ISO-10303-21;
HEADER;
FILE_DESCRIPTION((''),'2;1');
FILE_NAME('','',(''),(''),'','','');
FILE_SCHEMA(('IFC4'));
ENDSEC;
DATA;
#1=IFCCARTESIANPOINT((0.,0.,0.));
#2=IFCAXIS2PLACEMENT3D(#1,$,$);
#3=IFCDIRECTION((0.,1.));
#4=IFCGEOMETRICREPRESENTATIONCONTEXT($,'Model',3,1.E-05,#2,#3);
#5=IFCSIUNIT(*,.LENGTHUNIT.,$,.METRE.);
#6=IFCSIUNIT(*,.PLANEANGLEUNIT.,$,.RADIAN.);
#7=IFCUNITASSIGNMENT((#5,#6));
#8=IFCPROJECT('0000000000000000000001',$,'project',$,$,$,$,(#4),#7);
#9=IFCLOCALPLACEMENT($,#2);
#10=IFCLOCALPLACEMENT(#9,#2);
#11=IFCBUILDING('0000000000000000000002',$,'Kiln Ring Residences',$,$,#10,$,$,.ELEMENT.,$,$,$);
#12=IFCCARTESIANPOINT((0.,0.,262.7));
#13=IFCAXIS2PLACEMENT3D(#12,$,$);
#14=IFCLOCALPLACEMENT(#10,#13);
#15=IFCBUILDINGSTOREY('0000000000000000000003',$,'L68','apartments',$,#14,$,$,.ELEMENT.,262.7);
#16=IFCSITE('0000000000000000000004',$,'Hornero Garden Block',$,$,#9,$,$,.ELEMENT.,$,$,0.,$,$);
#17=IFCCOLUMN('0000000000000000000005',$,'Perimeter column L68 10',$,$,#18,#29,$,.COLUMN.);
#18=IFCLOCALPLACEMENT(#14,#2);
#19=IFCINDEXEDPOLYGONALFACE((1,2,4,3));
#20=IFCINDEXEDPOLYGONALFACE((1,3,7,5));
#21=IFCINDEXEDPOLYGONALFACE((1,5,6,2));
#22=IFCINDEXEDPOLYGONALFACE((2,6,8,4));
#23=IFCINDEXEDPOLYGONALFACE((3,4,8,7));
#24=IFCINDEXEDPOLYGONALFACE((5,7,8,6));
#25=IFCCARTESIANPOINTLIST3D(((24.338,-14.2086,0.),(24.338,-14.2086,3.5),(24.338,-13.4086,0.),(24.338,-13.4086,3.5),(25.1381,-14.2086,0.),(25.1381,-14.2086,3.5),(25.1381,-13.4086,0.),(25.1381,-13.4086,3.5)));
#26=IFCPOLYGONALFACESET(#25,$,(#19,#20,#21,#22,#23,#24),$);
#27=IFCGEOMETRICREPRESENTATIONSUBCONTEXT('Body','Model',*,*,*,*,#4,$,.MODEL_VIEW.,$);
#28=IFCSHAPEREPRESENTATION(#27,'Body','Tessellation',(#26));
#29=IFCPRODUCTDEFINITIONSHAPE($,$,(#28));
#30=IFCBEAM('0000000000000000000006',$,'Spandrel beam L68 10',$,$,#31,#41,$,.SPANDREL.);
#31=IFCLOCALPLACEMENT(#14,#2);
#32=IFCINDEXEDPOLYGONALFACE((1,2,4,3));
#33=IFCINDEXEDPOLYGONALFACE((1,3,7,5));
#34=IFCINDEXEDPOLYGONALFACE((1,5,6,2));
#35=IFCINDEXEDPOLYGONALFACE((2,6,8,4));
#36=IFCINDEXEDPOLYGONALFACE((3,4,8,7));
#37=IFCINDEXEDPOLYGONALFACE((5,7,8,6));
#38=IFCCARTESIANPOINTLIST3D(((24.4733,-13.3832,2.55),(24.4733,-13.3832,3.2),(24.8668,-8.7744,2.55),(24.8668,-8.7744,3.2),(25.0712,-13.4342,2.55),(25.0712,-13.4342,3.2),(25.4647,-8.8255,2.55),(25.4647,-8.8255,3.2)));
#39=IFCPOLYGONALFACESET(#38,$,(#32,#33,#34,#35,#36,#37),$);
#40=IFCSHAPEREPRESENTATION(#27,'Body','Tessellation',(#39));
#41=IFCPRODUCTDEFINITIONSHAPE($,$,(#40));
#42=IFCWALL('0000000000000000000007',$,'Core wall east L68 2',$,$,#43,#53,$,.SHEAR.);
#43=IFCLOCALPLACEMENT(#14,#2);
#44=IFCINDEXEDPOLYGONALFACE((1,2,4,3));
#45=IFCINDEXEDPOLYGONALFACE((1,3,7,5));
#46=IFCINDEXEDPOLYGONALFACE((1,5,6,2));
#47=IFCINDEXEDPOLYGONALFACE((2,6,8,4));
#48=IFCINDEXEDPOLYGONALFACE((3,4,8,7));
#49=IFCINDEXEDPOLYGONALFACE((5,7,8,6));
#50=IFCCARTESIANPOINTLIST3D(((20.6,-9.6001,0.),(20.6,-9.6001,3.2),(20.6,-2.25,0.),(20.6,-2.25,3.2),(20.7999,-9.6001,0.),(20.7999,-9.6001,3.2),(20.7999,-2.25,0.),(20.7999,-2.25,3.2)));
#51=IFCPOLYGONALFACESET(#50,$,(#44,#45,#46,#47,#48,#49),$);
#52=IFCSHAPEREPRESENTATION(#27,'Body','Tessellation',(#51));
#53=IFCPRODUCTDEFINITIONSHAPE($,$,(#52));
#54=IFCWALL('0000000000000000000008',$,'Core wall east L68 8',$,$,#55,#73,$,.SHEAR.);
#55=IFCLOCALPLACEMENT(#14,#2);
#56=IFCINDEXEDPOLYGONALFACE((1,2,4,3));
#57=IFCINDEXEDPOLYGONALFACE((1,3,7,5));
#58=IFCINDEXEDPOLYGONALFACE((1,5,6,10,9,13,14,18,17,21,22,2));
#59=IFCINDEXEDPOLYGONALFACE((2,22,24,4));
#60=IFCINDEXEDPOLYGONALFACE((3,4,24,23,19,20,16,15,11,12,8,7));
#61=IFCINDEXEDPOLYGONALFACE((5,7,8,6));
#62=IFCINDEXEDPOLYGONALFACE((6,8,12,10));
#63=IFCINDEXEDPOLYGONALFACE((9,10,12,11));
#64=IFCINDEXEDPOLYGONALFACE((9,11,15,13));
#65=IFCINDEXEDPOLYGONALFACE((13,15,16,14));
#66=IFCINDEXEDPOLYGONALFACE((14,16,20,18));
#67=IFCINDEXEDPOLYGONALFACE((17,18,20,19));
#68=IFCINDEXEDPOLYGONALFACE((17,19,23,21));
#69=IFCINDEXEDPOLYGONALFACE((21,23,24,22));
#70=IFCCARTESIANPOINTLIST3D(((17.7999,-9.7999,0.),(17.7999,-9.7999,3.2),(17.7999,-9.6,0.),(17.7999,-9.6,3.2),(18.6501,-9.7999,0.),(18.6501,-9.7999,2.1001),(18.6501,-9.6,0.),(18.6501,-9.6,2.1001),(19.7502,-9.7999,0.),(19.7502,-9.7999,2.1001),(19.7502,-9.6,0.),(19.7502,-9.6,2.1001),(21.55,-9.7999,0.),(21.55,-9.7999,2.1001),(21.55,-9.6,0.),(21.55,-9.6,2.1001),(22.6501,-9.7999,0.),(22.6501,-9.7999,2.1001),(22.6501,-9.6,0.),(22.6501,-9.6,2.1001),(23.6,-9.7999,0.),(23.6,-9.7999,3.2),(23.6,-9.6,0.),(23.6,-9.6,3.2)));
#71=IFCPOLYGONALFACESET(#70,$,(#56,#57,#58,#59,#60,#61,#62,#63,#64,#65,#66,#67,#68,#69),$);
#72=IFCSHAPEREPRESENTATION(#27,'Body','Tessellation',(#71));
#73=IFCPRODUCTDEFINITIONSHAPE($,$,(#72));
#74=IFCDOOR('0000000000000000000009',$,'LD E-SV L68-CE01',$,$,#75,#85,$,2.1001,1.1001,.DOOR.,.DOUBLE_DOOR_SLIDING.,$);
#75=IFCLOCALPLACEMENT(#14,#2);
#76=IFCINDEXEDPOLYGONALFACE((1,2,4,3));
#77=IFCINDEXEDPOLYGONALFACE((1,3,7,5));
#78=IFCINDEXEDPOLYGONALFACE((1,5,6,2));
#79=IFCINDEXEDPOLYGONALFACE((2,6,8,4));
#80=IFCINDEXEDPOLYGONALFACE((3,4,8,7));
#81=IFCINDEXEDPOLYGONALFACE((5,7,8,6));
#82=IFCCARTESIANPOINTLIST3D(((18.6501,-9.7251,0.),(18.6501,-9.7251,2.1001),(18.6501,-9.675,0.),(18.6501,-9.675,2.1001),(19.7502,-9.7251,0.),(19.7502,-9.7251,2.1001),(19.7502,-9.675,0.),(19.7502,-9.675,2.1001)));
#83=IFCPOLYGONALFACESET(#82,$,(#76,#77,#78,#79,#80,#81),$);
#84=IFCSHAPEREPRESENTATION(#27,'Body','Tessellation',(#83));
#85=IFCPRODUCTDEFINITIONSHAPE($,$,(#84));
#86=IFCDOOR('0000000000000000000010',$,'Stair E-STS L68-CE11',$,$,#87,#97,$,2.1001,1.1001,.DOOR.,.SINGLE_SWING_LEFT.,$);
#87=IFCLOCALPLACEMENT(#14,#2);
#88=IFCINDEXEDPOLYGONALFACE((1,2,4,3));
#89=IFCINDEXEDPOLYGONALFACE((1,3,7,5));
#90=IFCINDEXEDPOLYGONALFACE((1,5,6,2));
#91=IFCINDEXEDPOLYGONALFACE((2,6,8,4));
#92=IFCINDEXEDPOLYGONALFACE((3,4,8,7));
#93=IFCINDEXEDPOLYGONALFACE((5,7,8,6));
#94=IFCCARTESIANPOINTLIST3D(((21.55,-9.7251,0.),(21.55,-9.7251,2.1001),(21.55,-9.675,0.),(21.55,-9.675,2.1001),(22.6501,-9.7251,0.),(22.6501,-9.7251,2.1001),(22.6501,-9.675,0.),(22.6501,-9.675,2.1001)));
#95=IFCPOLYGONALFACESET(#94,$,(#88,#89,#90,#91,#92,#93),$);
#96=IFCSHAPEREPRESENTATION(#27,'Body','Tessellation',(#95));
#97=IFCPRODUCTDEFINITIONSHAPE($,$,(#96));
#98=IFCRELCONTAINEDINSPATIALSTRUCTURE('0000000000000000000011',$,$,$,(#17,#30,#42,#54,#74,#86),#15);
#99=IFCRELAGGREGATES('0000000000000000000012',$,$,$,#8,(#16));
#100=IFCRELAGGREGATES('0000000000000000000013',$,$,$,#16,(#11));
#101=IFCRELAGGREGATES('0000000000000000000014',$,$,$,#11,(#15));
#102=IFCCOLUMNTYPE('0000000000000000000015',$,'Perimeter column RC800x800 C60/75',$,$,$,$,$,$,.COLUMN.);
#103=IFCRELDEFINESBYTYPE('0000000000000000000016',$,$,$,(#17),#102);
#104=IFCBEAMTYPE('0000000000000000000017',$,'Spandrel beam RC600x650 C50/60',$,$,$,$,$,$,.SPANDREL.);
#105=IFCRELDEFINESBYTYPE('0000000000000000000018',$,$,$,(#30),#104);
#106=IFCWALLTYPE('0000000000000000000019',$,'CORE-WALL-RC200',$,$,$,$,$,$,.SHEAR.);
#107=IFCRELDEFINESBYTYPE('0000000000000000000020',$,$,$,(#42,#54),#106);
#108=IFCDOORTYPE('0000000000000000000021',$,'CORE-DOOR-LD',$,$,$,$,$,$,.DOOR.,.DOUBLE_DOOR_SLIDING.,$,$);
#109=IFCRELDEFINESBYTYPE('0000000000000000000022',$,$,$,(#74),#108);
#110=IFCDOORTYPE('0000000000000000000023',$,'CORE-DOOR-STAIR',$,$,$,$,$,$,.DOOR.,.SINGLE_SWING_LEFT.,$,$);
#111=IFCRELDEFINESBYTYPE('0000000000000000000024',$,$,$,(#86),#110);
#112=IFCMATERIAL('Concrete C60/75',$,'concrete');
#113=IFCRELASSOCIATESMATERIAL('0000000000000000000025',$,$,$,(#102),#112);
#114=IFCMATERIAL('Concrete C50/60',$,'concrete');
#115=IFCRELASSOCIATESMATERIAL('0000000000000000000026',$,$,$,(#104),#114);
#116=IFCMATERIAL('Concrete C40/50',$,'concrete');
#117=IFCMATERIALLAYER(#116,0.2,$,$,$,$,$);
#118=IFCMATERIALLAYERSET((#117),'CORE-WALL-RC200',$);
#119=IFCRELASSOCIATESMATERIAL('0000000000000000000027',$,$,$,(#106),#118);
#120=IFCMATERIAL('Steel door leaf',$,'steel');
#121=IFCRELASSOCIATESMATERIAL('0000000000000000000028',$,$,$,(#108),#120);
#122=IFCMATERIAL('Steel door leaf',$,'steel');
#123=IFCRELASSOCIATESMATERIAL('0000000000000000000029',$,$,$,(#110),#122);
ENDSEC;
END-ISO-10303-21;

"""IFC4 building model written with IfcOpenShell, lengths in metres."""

from ifc_helpers import new_model, si_unit, direction, frame, frame_2d, origin, origin_2d, place, context, subcontext, project, spatial, rectangle, extrude, material, layer, layer_set, material_profile, profile_set, type_object, element, fill, save


model = new_model("IFC4")

# Units and contexts
model_context = context("Model", 3, precision=1e-05, world=origin(), true_north=direction((0.0, 1.0)))
body_context = subcontext(model_context, "Body", "Model", "MODEL_VIEW")
ifc_project = project(units=[si_unit("LENGTHUNIT", "METRE"), si_unit("PLANEANGLEUNIT", "RADIAN")], contexts=[model_context])

# Site, building, storey
site_placement = place(None, origin())
site = spatial("IfcSite", under=ifc_project, at=site_placement, Name="Hornero Garden Block", CompositionType="ELEMENT", RefElevation=0.0)
building_placement = place(site_placement, origin())
building = spatial("IfcBuilding", under=site, at=building_placement, Name="Kiln Ring Residences", CompositionType="ELEMENT")
storey_placement = place(building_placement, frame((0.0, 0.0, 262.7)))
storey = spatial("IfcBuildingStorey", under=building, at=storey_placement, Name="L68", Description="apartments", CompositionType="ELEMENT", Elevation=262.7)

# Column
ifc_material_1 = material(Name="Concrete C60/75", Category="concrete")
ifc_material_profile_1 = material_profile(ifc_material_1, rectangle(XDim=0.8, YDim=0.8, at=origin_2d()), Name="RC800x800")
ifc_profile_set_1 = profile_set([ifc_material_profile_1], Name="Concrete C60/75")
column_type = type_object("IfcColumnType", Name="Perimeter column RC800x800 C60/75", PredefinedType="COLUMN", material=ifc_profile_set_1)
column_placement = place(storey_placement, frame((24.738, -13.8086, 0.0), z_axis=(0.0, 0.0, 1.0), x_axis=(1.0, 0.0, 0.0)))
element("IfcColumn", 1, at=column_placement, inside=storey, type_object=column_type, Name="Perimeter column L68 10", PredefinedType="COLUMN", context=body_context, shape_type="SweptSolid", body=[
    extrude(rectangle(XDim=0.8, YDim=0.8, at=origin_2d()), origin(), (0.0, 0.0, 1.0), 3.5),
])

# Beam
ifc_material_2 = material(Name="Concrete C50/60", Category="concrete")
ifc_material_profile_2 = material_profile(ifc_material_2, rectangle(XDim=0.6001, YDim=0.6499, at=origin_2d()), Name="RC600x650")
ifc_profile_set_2 = profile_set([ifc_material_profile_2], Name="Concrete C50/60")
beam_type = type_object("IfcBeamType", Name="Spandrel beam RC600x650 C50/60", PredefinedType="SPANDREL", material=ifc_profile_set_2)
beam_placement = place(storey_placement, frame((24.7722, -13.4087, 2.875), z_axis=(0.085085, 0.996374, 0.0), x_axis=(-0.996374, 0.085085, 0.0)))
element("IfcBeam", 2, at=beam_placement, inside=storey, type_object=beam_type, Name="Spandrel beam L68 10", PredefinedType="SPANDREL", context=body_context, shape_type="SweptSolid", body=[
    extrude(rectangle(XDim=0.6001, YDim=0.6499, at=origin_2d()), origin(), (0.0, 0.0, 1.0), 4.6255),
])

# Wall
ifc_material_3 = material(Name="Concrete C40/50", Category="concrete")
ifc_layer_1 = layer(ifc_material_3, 0.2)
ifc_layer_set_1 = layer_set([ifc_layer_1], Name="CORE-WALL-RC200")
wall_type_1 = type_object("IfcWallType", Name="CORE-WALL-RC200", PredefinedType="SHEAR", material=ifc_layer_set_1)
wall_1_placement = place(storey_placement, frame((20.7, -9.6001, 0.0), z_axis=(0.0, 0.0, 1.0), x_axis=(0.0, 1.0, 0.0)))
element("IfcWall", 3, at=wall_1_placement, inside=storey, type_object=wall_type_1, Name="Core wall east L68 2", PredefinedType="SHEAR", context=body_context, shape_type="SweptSolid", body=[
    extrude(rectangle(XDim=7.3501, YDim=0.2, at=frame_2d((3.675, 0.0))), origin(), (0.0, 0.0, 1.0), 3.2),
])

# Wall, openings, doors
wall_2_placement = place(storey_placement, frame((17.8, -9.7, 0.0), z_axis=(0.0, 0.0, 1.0), x_axis=(1.0, 0.0, 0.0)))
wall_2 = element("IfcWall", 4, at=wall_2_placement, inside=storey, type_object=wall_type_1, Name="Core wall east L68 8", PredefinedType="SHEAR", context=body_context, shape_type="SweptSolid", body=[
    extrude(rectangle(XDim=5.8, YDim=0.2, at=frame_2d((2.8999, 0.0))), origin(), (0.0, 0.0, 1.0), 3.2),
])
opening_1_placement = place(wall_2_placement, frame((0.8501, 0.0, 0.0)))
opening_1 = element("IfcOpeningElement", 5, at=opening_1_placement, cuts=wall_2, PredefinedType="OPENING", context=body_context, shape_type="SweptSolid", body=[
    extrude(rectangle(XDim=1.1001, YDim=2.1001, at=frame_2d((0.55, 1.05))), frame((0.0, 0.1099, 0.0), z_axis=(0.0, -1.0, 0.0), x_axis=(1.0, 0.0, 0.0)), (0.0, 0.0, 1.0), 0.22),
])
opening_2_placement = place(wall_2_placement, frame((3.75, 0.0, 0.0)))
opening_2 = element("IfcOpeningElement", 6, at=opening_2_placement, cuts=wall_2, PredefinedType="OPENING", context=body_context, shape_type="SweptSolid", body=[
    extrude(rectangle(XDim=1.1001, YDim=2.1001, at=frame_2d((0.55, 1.05))), frame((0.0, 0.1099, 0.0), z_axis=(0.0, -1.0, 0.0), x_axis=(1.0, 0.0, 0.0)), (0.0, 0.0, 1.0), 0.22),
])
ifc_material_4 = material(Name="Steel door leaf", Category="steel")
door_type_1 = type_object("IfcDoorType", Name="CORE-DOOR-LD", OperationType="DOUBLE_DOOR_SLIDING", PredefinedType="DOOR", material=ifc_material_4)
door_1_placement = place(opening_1_placement, origin())
door_1 = element("IfcDoor", 7, at=door_1_placement, inside=storey, type_object=door_type_1, Name="LD E-SV L68-CE01", OperationType="DOUBLE_DOOR_SLIDING", OverallHeight=2.1001, OverallWidth=1.1001, PredefinedType="DOOR", context=body_context, shape_type="SweptSolid", body=[
    extrude(rectangle(XDim=1.1001, YDim=2.1001, at=frame_2d((0.55, 1.05))), frame((0.0, 0.0249, 0.0), z_axis=(0.0, -1.0, 0.0), x_axis=(1.0, 0.0, 0.0)), (0.0, 0.0, 1.0), 0.05),
])
fill(opening_1, door_1)
ifc_material_5 = material(Name="Steel door leaf", Category="steel")
door_type_2 = type_object("IfcDoorType", Name="CORE-DOOR-STAIR", OperationType="SINGLE_SWING_LEFT", PredefinedType="DOOR", material=ifc_material_5)
door_2_placement = place(opening_2_placement, origin())
door_2 = element("IfcDoor", 8, at=door_2_placement, inside=storey, type_object=door_type_2, Name="Stair E-STS L68-CE11", OperationType="SINGLE_SWING_LEFT", OverallHeight=2.1001, OverallWidth=1.1001, PredefinedType="DOOR", context=body_context, shape_type="SweptSolid", body=[
    extrude(rectangle(XDim=1.1001, YDim=2.1001, at=frame_2d((0.55, 1.05))), frame((0.0, 0.0249, 0.0), z_axis=(0.0, -1.0, 0.0), x_axis=(1.0, 0.0, 0.0)), (0.0, 0.0, 1.0), 0.05),
])
fill(opening_2, door_2)

save(model, "model.ifc")
